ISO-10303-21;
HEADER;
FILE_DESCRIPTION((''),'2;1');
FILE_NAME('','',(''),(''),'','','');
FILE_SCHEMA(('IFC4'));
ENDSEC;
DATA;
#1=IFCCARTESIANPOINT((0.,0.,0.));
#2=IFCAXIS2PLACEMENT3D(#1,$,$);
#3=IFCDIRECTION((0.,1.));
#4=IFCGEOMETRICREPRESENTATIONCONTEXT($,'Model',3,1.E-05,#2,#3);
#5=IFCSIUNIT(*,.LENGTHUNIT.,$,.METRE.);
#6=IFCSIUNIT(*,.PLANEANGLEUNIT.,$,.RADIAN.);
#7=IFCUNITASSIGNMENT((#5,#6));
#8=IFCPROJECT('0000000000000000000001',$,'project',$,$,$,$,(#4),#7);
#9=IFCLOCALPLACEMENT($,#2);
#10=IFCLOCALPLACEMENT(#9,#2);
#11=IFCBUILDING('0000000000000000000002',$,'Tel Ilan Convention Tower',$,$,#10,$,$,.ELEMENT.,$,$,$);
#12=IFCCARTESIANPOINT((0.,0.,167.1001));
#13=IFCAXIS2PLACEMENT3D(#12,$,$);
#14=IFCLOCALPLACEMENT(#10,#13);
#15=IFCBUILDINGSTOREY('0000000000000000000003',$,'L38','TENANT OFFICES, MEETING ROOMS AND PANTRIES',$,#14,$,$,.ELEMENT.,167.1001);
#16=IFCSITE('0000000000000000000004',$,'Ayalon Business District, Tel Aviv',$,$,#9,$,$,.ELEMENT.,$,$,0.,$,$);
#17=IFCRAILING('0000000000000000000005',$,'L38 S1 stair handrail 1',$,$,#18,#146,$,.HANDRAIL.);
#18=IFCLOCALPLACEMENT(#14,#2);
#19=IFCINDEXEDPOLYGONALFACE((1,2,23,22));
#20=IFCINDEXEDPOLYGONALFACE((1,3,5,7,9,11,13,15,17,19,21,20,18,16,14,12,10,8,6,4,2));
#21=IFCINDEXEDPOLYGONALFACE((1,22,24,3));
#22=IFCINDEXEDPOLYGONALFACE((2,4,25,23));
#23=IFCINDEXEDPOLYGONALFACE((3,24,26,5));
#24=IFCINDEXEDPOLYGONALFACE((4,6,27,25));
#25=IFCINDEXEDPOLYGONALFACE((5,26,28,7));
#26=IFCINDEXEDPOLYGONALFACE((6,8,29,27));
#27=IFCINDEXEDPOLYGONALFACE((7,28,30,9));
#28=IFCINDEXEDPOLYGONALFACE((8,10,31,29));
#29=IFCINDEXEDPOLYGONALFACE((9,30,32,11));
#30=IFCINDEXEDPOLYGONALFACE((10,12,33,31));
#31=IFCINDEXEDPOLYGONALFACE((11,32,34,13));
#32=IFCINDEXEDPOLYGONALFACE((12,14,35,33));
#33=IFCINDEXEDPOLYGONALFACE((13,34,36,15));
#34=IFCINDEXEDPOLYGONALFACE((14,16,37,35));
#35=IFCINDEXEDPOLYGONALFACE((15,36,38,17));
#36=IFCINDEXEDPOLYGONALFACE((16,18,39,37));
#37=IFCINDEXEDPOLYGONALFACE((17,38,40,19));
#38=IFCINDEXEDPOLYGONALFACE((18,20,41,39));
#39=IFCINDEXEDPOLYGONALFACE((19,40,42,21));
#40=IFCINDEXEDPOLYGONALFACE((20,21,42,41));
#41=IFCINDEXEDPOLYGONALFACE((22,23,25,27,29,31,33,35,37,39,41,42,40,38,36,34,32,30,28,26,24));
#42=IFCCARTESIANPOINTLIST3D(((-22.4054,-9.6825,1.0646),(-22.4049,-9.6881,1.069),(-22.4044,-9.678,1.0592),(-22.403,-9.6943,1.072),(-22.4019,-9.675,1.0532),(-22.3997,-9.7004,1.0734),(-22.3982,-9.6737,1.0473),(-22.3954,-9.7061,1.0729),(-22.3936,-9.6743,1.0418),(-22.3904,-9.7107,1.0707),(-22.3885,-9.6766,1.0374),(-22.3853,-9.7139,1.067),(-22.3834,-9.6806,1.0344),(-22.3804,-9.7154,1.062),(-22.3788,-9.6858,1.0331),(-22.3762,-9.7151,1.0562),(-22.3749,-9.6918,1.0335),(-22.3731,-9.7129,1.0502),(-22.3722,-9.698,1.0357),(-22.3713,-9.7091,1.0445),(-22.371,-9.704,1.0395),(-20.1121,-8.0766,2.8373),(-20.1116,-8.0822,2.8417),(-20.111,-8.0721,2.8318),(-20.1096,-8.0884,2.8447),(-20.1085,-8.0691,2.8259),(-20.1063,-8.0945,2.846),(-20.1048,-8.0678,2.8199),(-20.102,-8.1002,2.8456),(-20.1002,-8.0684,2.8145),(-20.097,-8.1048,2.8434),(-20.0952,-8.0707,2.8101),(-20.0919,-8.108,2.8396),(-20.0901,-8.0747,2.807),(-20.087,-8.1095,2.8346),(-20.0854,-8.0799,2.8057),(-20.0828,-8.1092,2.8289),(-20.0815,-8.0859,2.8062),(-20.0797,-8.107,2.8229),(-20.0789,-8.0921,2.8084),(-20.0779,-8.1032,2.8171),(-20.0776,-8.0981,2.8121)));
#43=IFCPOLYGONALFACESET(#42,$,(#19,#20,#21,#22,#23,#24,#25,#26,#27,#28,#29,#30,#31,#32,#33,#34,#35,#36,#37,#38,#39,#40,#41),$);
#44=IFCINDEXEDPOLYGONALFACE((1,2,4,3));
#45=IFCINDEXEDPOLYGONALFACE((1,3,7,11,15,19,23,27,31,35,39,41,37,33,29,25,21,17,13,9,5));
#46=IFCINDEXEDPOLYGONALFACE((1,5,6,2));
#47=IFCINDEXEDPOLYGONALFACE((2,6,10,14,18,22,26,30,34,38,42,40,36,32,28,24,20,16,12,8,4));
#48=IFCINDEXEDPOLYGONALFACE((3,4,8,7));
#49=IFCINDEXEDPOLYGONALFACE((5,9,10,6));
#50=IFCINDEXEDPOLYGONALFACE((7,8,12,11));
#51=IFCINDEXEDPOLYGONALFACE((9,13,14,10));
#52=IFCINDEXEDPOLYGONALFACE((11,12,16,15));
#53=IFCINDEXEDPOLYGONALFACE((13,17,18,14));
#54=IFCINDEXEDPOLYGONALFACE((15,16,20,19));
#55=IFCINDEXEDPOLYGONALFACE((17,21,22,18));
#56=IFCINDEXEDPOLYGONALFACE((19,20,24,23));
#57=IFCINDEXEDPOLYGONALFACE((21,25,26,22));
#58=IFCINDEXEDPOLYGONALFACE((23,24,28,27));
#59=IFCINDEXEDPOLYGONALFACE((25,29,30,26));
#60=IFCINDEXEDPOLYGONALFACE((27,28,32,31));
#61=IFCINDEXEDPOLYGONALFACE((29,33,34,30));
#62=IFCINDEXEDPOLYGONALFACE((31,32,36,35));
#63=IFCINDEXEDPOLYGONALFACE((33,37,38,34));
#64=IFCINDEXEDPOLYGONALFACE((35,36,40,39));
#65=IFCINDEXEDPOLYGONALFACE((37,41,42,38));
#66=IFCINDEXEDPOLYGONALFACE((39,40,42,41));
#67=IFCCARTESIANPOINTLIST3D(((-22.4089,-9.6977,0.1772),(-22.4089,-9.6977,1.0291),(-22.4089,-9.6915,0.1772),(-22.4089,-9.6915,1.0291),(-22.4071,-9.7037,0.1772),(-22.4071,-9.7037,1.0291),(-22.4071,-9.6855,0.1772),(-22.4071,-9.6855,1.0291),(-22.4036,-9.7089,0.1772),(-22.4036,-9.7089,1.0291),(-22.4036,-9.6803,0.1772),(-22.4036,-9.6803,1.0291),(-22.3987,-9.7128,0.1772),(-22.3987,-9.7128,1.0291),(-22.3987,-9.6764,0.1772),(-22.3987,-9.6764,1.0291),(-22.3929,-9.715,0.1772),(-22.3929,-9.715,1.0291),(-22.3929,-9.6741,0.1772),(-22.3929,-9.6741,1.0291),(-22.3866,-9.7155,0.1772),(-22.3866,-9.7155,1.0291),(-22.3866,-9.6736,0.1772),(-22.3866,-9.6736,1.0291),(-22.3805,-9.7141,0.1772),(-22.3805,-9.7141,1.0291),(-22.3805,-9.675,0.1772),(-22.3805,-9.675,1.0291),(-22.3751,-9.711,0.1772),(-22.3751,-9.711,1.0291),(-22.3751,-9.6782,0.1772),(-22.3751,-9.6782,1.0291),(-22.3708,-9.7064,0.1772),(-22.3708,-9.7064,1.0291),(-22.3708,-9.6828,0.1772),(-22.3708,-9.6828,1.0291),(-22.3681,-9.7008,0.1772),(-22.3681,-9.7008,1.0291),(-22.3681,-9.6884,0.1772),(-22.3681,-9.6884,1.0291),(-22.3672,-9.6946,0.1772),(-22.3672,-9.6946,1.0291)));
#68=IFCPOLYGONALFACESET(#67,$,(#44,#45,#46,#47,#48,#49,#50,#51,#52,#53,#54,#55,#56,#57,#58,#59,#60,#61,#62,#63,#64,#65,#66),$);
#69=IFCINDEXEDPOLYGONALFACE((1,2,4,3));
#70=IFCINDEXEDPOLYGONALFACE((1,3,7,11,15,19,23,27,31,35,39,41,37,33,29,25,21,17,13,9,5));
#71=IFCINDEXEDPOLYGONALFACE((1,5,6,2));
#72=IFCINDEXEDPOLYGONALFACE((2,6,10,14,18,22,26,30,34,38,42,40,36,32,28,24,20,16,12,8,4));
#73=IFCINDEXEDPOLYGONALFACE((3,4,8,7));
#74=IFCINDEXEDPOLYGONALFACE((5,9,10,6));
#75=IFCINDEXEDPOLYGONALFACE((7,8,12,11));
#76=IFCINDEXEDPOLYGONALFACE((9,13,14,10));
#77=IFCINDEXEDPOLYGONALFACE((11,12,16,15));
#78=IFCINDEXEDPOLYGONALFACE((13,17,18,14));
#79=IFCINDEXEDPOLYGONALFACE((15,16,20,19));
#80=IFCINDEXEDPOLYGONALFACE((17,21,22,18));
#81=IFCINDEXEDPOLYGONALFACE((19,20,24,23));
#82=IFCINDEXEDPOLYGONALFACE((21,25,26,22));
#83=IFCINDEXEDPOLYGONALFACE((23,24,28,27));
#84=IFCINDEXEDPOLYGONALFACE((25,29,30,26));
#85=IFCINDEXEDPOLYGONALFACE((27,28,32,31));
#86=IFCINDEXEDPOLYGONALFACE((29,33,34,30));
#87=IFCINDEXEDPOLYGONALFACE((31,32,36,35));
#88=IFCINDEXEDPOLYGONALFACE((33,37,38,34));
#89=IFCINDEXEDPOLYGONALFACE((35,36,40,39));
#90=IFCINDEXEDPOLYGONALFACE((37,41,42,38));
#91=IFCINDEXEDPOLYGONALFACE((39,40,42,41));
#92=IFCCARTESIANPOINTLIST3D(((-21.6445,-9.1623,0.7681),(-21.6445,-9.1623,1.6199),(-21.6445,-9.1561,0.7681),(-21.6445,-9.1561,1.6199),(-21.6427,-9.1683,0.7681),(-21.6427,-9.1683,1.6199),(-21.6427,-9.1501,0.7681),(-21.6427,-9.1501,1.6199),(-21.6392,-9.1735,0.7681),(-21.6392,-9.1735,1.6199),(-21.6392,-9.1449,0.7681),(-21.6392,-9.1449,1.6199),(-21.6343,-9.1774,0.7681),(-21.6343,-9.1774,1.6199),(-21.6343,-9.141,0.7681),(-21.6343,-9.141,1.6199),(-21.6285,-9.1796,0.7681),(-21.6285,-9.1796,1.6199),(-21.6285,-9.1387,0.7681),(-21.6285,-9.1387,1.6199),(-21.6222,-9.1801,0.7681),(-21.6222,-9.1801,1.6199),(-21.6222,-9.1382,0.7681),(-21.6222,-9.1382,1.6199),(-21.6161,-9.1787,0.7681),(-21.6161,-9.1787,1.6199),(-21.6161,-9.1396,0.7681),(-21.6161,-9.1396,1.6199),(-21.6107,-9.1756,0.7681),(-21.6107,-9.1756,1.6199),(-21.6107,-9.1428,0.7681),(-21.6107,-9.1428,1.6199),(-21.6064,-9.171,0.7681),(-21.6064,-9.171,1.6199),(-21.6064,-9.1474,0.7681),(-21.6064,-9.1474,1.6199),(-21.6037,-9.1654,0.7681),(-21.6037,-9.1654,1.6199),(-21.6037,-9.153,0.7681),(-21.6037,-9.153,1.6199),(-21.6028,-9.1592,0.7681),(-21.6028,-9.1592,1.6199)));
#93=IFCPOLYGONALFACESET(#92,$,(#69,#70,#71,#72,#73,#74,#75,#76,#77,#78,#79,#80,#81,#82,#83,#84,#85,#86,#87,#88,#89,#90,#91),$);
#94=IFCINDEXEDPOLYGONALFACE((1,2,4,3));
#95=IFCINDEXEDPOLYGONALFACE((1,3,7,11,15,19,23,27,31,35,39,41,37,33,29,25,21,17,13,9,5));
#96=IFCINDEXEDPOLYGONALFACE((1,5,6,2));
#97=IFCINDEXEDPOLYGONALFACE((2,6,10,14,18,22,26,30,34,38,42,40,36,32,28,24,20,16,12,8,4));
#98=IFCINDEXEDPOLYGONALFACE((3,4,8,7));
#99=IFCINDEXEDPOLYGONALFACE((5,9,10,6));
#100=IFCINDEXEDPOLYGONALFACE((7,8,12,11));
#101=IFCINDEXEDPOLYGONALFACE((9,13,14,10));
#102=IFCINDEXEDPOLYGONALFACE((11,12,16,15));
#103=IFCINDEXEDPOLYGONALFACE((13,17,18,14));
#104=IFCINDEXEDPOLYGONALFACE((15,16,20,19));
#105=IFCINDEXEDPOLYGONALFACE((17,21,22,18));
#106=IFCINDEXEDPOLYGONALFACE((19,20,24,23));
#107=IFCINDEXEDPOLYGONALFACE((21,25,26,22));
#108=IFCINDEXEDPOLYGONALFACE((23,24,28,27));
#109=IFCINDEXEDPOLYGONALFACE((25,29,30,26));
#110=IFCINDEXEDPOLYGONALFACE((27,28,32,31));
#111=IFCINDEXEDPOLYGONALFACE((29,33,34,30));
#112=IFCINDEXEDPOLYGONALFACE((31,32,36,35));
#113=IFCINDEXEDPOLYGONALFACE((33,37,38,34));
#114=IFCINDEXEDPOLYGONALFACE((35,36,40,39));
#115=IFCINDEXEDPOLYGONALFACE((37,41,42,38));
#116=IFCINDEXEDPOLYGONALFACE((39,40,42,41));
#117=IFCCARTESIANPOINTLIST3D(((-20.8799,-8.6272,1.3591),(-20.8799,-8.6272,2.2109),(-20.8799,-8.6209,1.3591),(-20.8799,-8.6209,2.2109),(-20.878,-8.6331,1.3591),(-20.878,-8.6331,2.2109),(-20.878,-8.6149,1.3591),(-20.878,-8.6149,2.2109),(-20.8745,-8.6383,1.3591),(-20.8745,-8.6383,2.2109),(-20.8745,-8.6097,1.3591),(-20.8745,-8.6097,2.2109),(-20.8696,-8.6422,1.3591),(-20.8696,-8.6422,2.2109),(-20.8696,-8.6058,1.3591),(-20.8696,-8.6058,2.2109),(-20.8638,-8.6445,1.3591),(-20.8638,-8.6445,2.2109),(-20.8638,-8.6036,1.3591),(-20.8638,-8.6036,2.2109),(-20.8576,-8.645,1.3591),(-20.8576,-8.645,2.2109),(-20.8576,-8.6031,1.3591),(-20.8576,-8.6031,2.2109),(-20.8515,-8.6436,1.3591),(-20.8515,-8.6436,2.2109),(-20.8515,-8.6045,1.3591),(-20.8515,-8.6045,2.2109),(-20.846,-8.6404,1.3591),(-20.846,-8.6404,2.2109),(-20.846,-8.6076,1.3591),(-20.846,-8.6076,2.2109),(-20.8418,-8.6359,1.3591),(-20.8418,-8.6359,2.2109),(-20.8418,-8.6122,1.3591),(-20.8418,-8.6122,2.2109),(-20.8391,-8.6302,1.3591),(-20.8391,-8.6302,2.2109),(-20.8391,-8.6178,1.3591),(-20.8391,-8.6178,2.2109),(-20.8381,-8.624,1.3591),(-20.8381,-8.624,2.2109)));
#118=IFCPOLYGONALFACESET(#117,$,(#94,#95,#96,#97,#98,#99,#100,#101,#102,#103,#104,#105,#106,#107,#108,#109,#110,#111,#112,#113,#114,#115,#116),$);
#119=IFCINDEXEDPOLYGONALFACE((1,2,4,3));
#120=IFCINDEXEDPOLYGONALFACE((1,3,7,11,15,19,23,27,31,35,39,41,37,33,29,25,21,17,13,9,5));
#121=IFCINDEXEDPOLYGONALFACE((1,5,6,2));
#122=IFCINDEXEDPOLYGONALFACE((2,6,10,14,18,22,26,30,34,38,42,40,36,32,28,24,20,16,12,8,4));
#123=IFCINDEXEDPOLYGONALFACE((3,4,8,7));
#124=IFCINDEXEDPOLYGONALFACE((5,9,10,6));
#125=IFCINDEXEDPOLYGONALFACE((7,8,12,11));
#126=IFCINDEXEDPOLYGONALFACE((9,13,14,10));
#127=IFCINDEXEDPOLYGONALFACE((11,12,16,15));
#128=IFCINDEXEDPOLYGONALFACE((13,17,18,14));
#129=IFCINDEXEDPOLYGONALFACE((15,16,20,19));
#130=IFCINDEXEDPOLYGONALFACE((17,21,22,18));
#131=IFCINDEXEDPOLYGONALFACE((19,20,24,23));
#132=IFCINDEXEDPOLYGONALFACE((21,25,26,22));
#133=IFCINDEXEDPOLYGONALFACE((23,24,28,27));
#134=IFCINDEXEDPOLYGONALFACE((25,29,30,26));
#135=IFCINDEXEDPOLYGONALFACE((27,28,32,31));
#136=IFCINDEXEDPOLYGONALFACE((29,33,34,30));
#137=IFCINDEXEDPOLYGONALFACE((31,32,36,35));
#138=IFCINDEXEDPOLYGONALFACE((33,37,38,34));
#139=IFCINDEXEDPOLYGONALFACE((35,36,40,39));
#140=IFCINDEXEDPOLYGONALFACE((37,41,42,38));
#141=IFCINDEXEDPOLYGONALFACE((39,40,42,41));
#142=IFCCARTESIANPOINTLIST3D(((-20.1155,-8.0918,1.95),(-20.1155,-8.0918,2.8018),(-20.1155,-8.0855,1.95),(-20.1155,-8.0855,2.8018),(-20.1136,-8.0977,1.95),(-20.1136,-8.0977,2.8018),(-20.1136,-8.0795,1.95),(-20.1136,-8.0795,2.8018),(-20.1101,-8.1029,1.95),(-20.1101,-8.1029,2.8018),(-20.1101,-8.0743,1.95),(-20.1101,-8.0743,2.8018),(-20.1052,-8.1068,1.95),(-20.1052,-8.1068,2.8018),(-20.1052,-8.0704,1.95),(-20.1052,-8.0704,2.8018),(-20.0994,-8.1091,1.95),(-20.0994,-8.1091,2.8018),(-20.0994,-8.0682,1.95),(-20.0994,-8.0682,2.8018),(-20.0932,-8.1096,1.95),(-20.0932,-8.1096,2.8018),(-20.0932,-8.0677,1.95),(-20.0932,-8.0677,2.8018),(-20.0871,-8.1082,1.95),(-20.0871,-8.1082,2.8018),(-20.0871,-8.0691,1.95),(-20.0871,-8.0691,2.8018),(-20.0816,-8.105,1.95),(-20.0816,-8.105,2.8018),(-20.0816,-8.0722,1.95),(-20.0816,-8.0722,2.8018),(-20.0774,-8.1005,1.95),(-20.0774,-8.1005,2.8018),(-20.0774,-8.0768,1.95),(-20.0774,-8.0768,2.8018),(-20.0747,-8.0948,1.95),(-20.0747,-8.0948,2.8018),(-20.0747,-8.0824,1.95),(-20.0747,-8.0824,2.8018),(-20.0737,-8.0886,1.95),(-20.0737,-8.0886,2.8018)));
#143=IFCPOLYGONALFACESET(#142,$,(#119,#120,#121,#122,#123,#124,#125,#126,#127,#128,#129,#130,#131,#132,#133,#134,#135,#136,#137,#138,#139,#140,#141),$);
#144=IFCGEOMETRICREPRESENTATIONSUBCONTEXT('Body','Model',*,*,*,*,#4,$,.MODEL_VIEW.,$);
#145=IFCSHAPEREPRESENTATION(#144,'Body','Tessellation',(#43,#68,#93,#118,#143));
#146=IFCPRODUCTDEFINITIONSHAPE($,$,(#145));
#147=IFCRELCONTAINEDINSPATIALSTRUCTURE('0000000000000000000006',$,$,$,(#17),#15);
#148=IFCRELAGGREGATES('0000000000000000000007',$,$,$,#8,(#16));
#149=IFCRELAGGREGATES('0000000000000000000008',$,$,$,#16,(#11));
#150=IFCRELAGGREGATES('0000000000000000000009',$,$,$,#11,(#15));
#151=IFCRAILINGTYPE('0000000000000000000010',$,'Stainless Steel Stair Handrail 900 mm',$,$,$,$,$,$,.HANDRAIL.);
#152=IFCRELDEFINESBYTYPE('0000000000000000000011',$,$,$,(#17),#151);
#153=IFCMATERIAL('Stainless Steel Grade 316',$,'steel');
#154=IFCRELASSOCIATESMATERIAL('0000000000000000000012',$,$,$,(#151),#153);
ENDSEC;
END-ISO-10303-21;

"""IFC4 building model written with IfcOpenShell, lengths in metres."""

from ifc_helpers import new_model, si_unit, direction, frame, origin, origin_2d, place, context, subcontext, project, spatial, circle, extrude, material, type_object, element, save


model = new_model("IFC4")

# Units and contexts
model_context = context("Model", 3, precision=1e-05, world=origin(), true_north=direction((0.0, 1.0)))
body_context = subcontext(model_context, "Body", "Model", "MODEL_VIEW")
ifc_project = project(units=[si_unit("LENGTHUNIT", "METRE"), si_unit("PLANEANGLEUNIT", "RADIAN")], contexts=[model_context])

# Site, building, storey
site_placement = place(None, origin())
site = spatial("IfcSite", under=ifc_project, at=site_placement, Name="Ayalon Business District, Tel Aviv", CompositionType="ELEMENT", RefElevation=0.0)
building_placement = place(site_placement, origin())
building = spatial("IfcBuilding", under=site, at=building_placement, Name="Tel Ilan Convention Tower", CompositionType="ELEMENT")
storey_placement = place(building_placement, frame((0.0, 0.0, 167.1001)))
storey = spatial("IfcBuildingStorey", under=building, at=storey_placement, Name="L38", Description="TENANT OFFICES, MEETING ROOMS AND PANTRIES", CompositionType="ELEMENT", Elevation=167.1001)

# Railing
ifc_material_1 = material(Name="Stainless Steel Grade 316", Category="steel")
railing_type_1 = type_object("IfcRailingType", Name="Stainless Steel Stair Handrail 900 mm", PredefinedType="HANDRAIL", material=ifc_material_1)
railing_1_placement = place(storey_placement, frame((-22.3882, -9.6946, 0.1772)))
element("IfcRailing", 1, at=railing_1_placement, inside=storey, type_object=railing_type_1, Name="L38 S1 stair handrail 1", PredefinedType="HANDRAIL", context=body_context, shape_type="SweptSolid", body=[
    extrude(circle(Radius=0.0239, at=origin_2d()), frame((0.0, 0.0, 0.876), z_axis=(0.692085, 0.484621, 0.53494), x_axis=(-0.573591, 0.819142, 0.0)), (0.0, 0.0, 1.0), 3.3137),
    extrude(circle(Radius=0.021, at=origin_2d()), origin(), (0.0, 0.0, 1.0), 0.8518),
    extrude(circle(Radius=0.021, at=origin_2d()), frame((0.7644, 0.5354, 0.5908)), (0.0, 0.0, 1.0), 0.8518),
    extrude(circle(Radius=0.021, at=origin_2d()), frame((1.5291, 1.0706, 1.1819)), (0.0, 0.0, 1.0), 0.8518),
    extrude(circle(Radius=0.021, at=origin_2d()), frame((2.2935, 1.606, 1.7727)), (0.0, 0.0, 1.0), 0.8518),
])

save(model, "model.ifc")
